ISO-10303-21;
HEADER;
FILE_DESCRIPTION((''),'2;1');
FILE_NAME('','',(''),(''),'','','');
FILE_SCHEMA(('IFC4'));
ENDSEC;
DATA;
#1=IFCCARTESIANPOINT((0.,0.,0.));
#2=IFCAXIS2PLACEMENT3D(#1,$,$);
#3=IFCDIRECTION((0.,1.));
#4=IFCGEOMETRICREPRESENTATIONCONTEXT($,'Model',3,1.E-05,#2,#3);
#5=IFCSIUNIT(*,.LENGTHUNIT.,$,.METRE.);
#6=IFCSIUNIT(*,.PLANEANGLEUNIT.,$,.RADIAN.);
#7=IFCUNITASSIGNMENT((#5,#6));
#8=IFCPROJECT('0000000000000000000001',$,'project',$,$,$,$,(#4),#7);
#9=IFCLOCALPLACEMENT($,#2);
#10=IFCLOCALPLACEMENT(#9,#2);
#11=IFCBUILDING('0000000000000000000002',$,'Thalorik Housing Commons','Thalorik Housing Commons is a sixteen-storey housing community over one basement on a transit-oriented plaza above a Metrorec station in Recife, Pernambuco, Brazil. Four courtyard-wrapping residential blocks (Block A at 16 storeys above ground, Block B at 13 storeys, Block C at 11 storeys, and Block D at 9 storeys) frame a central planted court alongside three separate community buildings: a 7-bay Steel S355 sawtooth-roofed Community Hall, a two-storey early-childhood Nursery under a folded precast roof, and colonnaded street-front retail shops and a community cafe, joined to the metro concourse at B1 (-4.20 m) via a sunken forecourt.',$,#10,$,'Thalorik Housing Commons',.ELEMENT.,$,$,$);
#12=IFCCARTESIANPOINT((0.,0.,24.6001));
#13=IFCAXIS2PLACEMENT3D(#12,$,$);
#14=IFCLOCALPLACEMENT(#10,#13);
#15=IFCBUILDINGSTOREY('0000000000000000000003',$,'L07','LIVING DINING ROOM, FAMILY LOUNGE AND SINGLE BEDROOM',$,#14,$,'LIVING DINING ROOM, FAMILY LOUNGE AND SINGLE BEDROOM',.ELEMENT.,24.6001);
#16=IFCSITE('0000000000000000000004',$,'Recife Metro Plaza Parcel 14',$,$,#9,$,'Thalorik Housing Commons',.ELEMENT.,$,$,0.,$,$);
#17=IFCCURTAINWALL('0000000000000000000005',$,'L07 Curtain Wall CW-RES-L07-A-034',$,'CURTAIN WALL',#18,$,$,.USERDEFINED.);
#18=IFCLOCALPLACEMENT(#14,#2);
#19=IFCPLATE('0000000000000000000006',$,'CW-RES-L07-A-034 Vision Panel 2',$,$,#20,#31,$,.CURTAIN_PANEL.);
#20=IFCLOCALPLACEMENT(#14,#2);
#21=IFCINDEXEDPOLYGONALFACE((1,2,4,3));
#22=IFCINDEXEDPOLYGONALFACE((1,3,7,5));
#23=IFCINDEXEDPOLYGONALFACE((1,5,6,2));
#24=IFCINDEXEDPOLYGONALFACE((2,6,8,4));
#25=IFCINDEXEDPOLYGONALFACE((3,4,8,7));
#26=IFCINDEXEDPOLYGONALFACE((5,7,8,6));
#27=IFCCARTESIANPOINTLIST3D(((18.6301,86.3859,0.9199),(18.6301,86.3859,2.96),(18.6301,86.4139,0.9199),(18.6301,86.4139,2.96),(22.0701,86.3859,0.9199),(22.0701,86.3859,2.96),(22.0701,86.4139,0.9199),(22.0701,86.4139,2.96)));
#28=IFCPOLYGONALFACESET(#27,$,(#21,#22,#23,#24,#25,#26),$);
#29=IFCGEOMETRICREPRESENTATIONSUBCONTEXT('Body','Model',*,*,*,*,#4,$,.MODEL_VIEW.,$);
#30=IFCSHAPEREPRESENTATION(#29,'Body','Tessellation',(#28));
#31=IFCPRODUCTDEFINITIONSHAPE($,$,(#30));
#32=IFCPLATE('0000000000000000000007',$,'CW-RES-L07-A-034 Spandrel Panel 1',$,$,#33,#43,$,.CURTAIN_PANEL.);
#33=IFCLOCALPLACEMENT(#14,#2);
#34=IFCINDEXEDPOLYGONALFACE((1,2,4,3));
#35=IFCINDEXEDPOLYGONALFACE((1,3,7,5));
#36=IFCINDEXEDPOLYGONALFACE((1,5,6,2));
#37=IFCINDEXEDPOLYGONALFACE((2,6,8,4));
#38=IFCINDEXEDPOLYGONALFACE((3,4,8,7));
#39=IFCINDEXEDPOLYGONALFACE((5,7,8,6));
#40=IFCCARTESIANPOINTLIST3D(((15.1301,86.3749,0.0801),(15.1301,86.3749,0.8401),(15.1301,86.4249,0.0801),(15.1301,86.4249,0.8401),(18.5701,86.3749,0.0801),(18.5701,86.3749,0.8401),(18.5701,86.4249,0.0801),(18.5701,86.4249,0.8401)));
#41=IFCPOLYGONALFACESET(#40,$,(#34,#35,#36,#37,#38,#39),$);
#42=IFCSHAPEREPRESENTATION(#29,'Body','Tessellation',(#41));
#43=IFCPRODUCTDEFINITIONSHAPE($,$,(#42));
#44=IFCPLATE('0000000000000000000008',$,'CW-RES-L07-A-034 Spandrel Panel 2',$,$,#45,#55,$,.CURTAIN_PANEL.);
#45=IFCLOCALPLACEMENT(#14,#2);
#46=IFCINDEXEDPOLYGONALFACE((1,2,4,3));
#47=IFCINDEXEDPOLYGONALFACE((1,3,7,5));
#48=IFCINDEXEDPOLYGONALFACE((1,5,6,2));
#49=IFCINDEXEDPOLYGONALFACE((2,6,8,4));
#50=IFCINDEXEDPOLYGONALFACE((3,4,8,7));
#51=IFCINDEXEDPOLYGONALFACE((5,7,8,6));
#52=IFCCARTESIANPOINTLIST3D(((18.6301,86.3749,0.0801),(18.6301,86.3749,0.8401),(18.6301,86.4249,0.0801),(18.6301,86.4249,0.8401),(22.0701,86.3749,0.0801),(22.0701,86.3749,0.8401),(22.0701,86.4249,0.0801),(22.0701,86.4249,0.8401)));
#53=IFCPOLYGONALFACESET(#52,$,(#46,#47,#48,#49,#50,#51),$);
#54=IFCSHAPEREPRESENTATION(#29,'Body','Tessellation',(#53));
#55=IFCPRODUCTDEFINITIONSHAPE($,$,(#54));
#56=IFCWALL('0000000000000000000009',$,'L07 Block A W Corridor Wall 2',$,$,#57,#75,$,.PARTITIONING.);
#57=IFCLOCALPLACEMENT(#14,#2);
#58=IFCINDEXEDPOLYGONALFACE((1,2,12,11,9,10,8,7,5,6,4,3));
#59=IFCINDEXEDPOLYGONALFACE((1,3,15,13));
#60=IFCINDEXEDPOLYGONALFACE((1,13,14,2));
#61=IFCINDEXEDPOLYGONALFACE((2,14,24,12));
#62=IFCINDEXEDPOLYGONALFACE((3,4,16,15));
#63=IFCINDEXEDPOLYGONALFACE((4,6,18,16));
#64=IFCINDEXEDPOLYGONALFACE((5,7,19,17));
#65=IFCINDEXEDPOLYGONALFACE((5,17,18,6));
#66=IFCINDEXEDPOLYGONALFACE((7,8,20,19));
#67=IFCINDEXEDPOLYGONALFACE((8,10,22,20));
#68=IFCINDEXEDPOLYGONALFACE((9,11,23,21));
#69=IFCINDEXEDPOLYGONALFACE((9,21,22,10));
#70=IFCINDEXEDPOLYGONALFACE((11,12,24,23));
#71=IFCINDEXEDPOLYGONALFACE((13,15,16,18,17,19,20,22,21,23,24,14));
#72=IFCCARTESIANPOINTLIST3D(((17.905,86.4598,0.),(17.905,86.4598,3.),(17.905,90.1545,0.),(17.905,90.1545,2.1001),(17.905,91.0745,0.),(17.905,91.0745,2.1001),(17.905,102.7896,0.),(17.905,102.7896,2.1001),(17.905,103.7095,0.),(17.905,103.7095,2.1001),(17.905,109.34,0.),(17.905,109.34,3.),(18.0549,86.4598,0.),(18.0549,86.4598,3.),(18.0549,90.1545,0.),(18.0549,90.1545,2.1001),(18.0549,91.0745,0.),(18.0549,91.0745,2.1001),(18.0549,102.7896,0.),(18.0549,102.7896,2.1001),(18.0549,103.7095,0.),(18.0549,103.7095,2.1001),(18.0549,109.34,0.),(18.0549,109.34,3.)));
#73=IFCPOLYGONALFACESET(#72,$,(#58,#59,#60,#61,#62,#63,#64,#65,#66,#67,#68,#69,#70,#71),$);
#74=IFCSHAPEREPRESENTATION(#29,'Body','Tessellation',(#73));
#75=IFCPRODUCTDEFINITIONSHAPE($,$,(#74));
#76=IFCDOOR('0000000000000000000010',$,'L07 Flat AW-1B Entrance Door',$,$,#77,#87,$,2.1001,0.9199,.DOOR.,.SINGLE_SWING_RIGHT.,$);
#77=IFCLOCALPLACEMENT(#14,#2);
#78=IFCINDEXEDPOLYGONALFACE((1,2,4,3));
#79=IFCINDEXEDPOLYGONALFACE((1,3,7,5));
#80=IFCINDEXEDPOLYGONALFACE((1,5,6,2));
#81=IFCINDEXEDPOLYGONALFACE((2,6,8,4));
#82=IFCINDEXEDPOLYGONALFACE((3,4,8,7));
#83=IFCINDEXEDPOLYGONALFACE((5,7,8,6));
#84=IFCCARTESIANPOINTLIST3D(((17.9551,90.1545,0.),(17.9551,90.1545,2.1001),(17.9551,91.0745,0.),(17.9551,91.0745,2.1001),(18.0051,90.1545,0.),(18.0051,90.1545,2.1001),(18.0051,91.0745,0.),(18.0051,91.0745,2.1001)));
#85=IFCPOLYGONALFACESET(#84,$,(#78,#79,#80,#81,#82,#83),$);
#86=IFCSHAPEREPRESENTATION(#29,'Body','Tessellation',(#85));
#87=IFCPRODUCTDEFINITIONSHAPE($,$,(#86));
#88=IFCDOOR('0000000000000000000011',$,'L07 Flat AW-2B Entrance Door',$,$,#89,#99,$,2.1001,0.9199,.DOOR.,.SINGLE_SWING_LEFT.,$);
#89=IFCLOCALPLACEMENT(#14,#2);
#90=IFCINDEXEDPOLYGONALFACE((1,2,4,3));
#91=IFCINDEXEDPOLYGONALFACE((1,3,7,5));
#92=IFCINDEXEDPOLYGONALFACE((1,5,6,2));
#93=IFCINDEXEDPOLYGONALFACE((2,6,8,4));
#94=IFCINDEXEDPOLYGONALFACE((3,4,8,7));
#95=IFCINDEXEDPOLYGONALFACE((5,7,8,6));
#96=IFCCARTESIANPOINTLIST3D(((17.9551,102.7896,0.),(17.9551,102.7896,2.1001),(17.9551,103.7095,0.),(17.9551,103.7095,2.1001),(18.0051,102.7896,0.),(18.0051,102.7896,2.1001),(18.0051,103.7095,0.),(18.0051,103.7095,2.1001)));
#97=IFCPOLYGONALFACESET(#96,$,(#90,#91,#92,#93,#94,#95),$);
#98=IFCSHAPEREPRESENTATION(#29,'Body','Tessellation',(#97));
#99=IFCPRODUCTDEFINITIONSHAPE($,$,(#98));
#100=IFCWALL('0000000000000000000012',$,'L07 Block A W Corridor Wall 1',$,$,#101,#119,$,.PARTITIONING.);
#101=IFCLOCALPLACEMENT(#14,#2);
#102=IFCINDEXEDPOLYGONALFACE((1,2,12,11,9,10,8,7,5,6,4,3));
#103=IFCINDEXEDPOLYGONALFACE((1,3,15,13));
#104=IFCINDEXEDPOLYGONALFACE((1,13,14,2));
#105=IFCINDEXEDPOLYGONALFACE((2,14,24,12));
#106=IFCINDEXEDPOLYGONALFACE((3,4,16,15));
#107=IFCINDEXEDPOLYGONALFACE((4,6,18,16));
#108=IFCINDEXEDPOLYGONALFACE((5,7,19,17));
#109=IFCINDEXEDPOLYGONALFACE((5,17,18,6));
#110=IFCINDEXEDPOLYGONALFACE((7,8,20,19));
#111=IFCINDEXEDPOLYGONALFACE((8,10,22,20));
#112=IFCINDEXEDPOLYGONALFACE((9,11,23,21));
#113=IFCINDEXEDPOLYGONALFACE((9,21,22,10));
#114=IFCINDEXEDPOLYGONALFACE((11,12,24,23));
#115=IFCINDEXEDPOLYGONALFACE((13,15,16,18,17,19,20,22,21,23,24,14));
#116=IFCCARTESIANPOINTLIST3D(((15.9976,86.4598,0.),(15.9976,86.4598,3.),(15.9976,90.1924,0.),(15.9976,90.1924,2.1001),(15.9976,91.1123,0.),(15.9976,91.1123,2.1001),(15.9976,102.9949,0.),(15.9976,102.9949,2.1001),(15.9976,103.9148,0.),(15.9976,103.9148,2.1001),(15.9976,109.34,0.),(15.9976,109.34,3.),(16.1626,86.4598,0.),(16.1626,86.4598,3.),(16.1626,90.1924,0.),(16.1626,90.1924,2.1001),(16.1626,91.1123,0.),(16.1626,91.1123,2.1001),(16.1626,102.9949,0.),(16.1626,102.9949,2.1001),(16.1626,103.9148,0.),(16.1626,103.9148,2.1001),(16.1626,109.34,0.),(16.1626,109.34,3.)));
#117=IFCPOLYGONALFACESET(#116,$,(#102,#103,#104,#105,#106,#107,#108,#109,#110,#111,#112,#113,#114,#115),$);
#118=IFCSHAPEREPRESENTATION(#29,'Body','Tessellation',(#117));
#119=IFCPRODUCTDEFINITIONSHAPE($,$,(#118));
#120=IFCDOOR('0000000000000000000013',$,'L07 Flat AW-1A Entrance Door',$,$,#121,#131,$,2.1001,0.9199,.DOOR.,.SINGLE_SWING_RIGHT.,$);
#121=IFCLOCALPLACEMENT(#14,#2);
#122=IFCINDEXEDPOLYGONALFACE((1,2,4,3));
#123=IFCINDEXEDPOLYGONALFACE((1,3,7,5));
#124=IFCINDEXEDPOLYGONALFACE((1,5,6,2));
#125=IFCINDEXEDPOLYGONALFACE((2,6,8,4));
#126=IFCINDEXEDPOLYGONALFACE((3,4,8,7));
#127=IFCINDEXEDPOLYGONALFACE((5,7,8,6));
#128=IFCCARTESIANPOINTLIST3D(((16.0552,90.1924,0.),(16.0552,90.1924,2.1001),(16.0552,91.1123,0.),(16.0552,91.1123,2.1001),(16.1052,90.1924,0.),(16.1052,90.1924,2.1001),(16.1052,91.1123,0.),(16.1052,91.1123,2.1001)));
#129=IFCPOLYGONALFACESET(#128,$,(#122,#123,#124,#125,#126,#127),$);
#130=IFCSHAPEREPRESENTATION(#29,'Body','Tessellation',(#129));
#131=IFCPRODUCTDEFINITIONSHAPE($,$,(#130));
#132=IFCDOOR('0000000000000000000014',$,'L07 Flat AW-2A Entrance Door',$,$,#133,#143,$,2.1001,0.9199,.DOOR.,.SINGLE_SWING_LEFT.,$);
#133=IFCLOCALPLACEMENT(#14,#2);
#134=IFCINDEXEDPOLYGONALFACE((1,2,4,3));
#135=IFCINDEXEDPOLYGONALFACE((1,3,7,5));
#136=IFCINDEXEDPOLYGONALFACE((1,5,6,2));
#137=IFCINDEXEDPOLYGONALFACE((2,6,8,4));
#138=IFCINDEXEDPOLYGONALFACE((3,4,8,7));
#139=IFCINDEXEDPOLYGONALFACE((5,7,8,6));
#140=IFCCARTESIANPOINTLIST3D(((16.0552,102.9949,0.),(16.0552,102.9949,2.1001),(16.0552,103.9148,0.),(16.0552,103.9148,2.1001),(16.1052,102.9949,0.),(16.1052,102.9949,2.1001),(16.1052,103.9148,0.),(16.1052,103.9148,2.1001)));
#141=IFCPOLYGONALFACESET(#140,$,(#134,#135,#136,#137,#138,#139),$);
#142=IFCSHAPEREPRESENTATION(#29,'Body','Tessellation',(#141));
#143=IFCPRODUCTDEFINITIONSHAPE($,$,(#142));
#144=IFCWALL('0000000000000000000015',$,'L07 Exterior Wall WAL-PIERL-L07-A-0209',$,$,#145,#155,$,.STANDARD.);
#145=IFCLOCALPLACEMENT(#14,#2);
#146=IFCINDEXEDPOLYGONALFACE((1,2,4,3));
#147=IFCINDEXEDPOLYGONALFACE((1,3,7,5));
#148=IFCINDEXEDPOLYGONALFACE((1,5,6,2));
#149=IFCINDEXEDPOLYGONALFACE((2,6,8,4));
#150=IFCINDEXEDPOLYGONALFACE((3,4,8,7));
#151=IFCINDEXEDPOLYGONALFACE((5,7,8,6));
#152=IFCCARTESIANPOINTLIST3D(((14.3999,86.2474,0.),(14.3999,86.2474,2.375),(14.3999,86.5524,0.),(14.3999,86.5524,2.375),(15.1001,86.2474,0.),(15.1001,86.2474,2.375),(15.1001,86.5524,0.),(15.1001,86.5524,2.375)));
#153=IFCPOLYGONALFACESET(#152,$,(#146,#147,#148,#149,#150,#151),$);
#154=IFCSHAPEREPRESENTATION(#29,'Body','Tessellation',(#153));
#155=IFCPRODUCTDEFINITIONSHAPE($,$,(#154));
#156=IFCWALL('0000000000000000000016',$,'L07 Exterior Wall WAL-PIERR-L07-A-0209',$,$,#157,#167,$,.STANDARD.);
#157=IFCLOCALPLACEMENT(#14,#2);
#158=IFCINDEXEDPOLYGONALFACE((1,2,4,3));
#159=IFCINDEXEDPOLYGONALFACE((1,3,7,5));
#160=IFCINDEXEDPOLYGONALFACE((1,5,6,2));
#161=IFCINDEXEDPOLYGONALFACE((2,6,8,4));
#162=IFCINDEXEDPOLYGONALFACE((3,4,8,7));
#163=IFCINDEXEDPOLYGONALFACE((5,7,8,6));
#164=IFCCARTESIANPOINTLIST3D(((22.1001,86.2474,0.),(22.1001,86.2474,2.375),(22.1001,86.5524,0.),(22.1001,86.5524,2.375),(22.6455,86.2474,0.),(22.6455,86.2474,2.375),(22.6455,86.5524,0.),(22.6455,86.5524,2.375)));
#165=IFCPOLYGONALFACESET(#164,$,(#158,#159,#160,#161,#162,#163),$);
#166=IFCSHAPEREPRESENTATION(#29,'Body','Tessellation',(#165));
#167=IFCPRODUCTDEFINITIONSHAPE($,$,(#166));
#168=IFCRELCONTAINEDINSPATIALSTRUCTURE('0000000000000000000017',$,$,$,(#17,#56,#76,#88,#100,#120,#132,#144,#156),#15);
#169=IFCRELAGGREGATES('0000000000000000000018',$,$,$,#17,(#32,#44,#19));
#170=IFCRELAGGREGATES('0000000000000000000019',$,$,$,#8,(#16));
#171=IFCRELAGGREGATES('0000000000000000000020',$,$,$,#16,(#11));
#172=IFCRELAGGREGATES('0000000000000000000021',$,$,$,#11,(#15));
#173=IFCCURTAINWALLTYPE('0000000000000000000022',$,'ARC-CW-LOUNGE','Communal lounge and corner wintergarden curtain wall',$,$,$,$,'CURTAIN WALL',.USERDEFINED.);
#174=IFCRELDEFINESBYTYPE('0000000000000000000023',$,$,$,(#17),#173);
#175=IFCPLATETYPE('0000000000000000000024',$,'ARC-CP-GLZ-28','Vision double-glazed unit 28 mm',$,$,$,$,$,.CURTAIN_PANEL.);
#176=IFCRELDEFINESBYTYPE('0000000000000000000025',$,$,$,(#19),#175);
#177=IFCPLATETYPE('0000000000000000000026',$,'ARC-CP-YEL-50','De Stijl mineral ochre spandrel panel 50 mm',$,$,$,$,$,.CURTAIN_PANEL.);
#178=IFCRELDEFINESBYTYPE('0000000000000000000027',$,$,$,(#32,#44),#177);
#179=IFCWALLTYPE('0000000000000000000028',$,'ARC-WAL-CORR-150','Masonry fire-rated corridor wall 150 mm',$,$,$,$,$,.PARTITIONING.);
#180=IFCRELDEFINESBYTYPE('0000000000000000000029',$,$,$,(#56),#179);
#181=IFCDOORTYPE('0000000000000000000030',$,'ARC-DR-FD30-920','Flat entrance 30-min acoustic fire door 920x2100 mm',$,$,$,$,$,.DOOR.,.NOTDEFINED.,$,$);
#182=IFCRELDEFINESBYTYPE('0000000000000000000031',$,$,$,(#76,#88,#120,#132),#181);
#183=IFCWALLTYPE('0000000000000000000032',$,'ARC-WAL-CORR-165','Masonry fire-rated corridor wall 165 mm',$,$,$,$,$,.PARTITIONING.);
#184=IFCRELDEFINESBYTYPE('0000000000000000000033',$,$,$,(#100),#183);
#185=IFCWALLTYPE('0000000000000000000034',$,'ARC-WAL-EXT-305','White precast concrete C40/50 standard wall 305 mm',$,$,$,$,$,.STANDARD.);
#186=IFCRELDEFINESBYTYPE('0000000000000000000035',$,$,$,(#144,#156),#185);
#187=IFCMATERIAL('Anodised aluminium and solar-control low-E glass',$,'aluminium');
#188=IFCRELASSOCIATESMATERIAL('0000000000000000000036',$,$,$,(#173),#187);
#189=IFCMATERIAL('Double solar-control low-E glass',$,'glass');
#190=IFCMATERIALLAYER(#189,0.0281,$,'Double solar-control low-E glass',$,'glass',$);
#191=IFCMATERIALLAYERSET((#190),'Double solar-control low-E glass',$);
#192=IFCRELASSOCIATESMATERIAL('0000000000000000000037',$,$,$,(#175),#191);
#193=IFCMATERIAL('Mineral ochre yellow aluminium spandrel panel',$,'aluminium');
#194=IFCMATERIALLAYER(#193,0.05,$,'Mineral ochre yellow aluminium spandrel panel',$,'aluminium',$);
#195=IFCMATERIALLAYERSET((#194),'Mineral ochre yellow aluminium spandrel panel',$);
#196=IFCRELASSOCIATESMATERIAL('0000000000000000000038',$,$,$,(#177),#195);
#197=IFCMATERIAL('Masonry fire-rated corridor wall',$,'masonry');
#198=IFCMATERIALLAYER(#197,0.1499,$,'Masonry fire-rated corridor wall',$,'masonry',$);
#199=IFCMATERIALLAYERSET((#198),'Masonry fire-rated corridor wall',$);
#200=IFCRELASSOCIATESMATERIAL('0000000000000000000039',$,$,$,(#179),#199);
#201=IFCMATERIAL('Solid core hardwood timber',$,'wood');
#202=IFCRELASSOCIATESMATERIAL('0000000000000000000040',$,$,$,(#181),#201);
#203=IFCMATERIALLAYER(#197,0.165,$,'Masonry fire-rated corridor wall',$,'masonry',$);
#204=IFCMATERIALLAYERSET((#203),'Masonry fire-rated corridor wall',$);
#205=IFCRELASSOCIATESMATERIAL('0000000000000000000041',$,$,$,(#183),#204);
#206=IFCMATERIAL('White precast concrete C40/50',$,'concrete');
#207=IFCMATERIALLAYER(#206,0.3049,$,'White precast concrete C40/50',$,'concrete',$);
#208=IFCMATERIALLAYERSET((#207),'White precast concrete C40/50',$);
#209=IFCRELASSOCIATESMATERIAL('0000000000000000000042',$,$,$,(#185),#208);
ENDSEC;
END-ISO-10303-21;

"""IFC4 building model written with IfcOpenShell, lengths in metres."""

from ifc_helpers import new_model, si_unit, direction, frame, frame_2d, origin, origin_2d, place, context, subcontext, project, spatial, rectangle, extrude, material, layer, layer_set, type_object, element, fill, aggregate, save


model = new_model("IFC4")

# Units and contexts
model_context = context("Model", 3, precision=1e-05, world=origin(), true_north=direction((0.0, 1.0)))
body_context = subcontext(model_context, "Body", "Model", "MODEL_VIEW")
ifc_project = project(units=[si_unit("LENGTHUNIT", "METRE"), si_unit("PLANEANGLEUNIT", "RADIAN")], contexts=[model_context])

# Site, building, storey
site_placement = place(None, origin())
site = spatial("IfcSite", under=ifc_project, at=site_placement, Name="Recife Metro Plaza Parcel 14", LongName="Thalorik Housing Commons", CompositionType="ELEMENT", RefElevation=0.0)
building_placement = place(site_placement, origin())
building = spatial("IfcBuilding", under=site, at=building_placement, Name="Thalorik Housing Commons", Description="Thalorik Housing Commons is a sixteen-storey housing community over one basement on a transit-oriented plaza above a Metrorec station in Recife, Pernambuco, Brazil. Four courtyard-wrapping residential blocks (Block A at 16 storeys above ground, Block B at 13 storeys, Block C at 11 storeys, and Block D at 9 storeys) frame a central planted court alongside three separate community buildings: a 7-bay Steel S355 sawtooth-roofed Community Hall, a two-storey early-childhood Nursery under a folded precast roof, and colonnaded street-front retail shops and a community cafe, joined to the metro concourse at B1 (-4.20 m) via a sunken forecourt.", LongName="Thalorik Housing Commons", CompositionType="ELEMENT")
storey_placement = place(building_placement, frame((0.0, 0.0, 24.6001)))
storey = spatial("IfcBuildingStorey", under=building, at=storey_placement, Name="L07", Description="LIVING DINING ROOM, FAMILY LOUNGE AND SINGLE BEDROOM", LongName="LIVING DINING ROOM, FAMILY LOUNGE AND SINGLE BEDROOM", CompositionType="ELEMENT", Elevation=24.6001)

# Curtain wall
ifc_material_1 = material(Name="Anodised aluminium and solar-control low-E glass", Category="aluminium")
curtain_wall_type = type_object("IfcCurtainWallType", Name="ARC-CW-LOUNGE", Description="Communal lounge and corner wintergarden curtain wall", ElementType="CURTAIN WALL", PredefinedType="USERDEFINED", material=ifc_material_1)
curtain_wall_placement = place(storey_placement, origin())
curtain_wall = element("IfcCurtainWall", 1, at=curtain_wall_placement, inside=storey, type_object=curtain_wall_type, Name="L07 Curtain Wall CW-RES-L07-A-034", ObjectType="CURTAIN WALL", PredefinedType="USERDEFINED")

# Plates
ifc_material_2 = material(Name="Double solar-control low-E glass", Category="glass")
ifc_layer_1 = layer(ifc_material_2, 0.0281, Name="Double solar-control low-E glass", Category="glass")
ifc_layer_set_1 = layer_set([ifc_layer_1], Name="Double solar-control low-E glass")
plate_type_1 = type_object("IfcPlateType", Name="ARC-CP-GLZ-28", Description="Vision double-glazed unit 28 mm", PredefinedType="CURTAIN_PANEL", material=ifc_layer_set_1)
plate_1_placement = place(storey_placement, frame((20.3501, 86.3999, 0.9199), z_axis=(0.0, 0.0, 1.0), x_axis=(1.0, 0.0, 0.0)))
plate_1 = element("IfcPlate", 2, at=plate_1_placement, type_object=plate_type_1, Name="CW-RES-L07-A-034 Vision Panel 2", PredefinedType="CURTAIN_PANEL", context=body_context, shape_type="SweptSolid", body=[
    extrude(rectangle(XDim=3.4399, YDim=0.0281, at=origin_2d()), origin(), (0.0, 0.0, 1.0), 2.04),
])
ifc_material_3 = material(Name="Mineral ochre yellow aluminium spandrel panel", Category="aluminium")
ifc_layer_2 = layer(ifc_material_3, 0.05, Name="Mineral ochre yellow aluminium spandrel panel", Category="aluminium")
ifc_layer_set_2 = layer_set([ifc_layer_2], Name="Mineral ochre yellow aluminium spandrel panel")
plate_type_2 = type_object("IfcPlateType", Name="ARC-CP-YEL-50", Description="De Stijl mineral ochre spandrel panel 50 mm", PredefinedType="CURTAIN_PANEL", material=ifc_layer_set_2)
plate_2_placement = place(storey_placement, frame((16.8501, 86.3999, 0.0801), z_axis=(0.0, 0.0, 1.0), x_axis=(1.0, 0.0, 0.0)))
plate_2 = element("IfcPlate", 3, at=plate_2_placement, type_object=plate_type_2, Name="CW-RES-L07-A-034 Spandrel Panel 1", PredefinedType="CURTAIN_PANEL", context=body_context, shape_type="SweptSolid", body=[
    extrude(rectangle(XDim=3.4399, YDim=0.05, at=origin_2d()), origin(), (0.0, 0.0, 1.0), 0.76),
])
plate_3_placement = place(storey_placement, frame((20.3501, 86.3999, 0.0801), z_axis=(0.0, 0.0, 1.0), x_axis=(1.0, 0.0, 0.0)))
plate_3 = element("IfcPlate", 4, at=plate_3_placement, type_object=plate_type_2, Name="CW-RES-L07-A-034 Spandrel Panel 2", PredefinedType="CURTAIN_PANEL", context=body_context, shape_type="SweptSolid", body=[
    extrude(rectangle(XDim=3.4399, YDim=0.05, at=origin_2d()), origin(), (0.0, 0.0, 1.0), 0.76),
])
aggregate(curtain_wall, [plate_2, plate_3, plate_1])

# Walls, openings, doors
ifc_material_4 = material(Name="Masonry fire-rated corridor wall", Category="masonry")
ifc_layer_3 = layer(ifc_material_4, 0.1499, Name="Masonry fire-rated corridor wall", Category="masonry")
ifc_layer_set_3 = layer_set([ifc_layer_3], Name="Masonry fire-rated corridor wall")
wall_type_1 = type_object("IfcWallType", Name="ARC-WAL-CORR-150", Description="Masonry fire-rated corridor wall 150 mm", PredefinedType="PARTITIONING", material=ifc_layer_set_3)
wall_1_placement = place(storey_placement, frame((17.98, 86.46, 0.0), z_axis=(0.0, 0.0, 1.0), x_axis=(0.0, 1.0, 0.0)))
wall_1 = element("IfcWall", 5, at=wall_1_placement, inside=storey, type_object=wall_type_1, Name="L07 Block A W Corridor Wall 2", PredefinedType="PARTITIONING", context=body_context, shape_type="SweptSolid", body=[
    extrude(rectangle(XDim=22.8801, YDim=0.1499, at=frame_2d((11.4399, 0.0))), origin(), (0.0, 0.0, 1.0), 3.0),
])
opening_1_placement = place(wall_1_placement, frame((3.6946, 0.0, 0.0)))
opening_1 = element("IfcOpeningElement", 6, at=opening_1_placement, cuts=wall_1, PredefinedType="OPENING", context=body_context, shape_type="SweptSolid", body=[
    extrude(rectangle(XDim=0.9199, YDim=2.1001, at=frame_2d((0.46, 1.05))), frame((0.0, 0.085, 0.0), z_axis=(0.0, -1.0, 0.0), x_axis=(1.0, 0.0, 0.0)), (0.0, 0.0, 1.0), 0.1699),
])
opening_2_placement = place(wall_1_placement, frame((16.3296, 0.0, 0.0)))
opening_2 = element("IfcOpeningElement", 7, at=opening_2_placement, cuts=wall_1, PredefinedType="OPENING", context=body_context, shape_type="SweptSolid", body=[
    extrude(rectangle(XDim=0.9199, YDim=2.1001, at=frame_2d((0.46, 1.05))), frame((0.0, 0.085, 0.0), z_axis=(0.0, -1.0, 0.0), x_axis=(1.0, 0.0, 0.0)), (0.0, 0.0, 1.0), 0.1699),
])
ifc_material_5 = material(Name="Solid core hardwood timber", Category="wood")
door_type = type_object("IfcDoorType", Name="ARC-DR-FD30-920", Description="Flat entrance 30-min acoustic fire door 920x2100 mm", OperationType="NOTDEFINED", PredefinedType="DOOR", material=ifc_material_5)
door_1_placement = place(opening_1_placement, origin())
door_1 = element("IfcDoor", 8, at=door_1_placement, inside=storey, type_object=door_type, Name="L07 Flat AW-1B Entrance Door", OperationType="SINGLE_SWING_RIGHT", OverallHeight=2.1001, OverallWidth=0.9199, PredefinedType="DOOR", context=body_context, shape_type="SweptSolid", body=[
    extrude(rectangle(XDim=0.9199, YDim=2.1001, at=frame_2d((0.46, 1.05))), frame((0.0, 0.0249, 0.0), z_axis=(0.0, -1.0, 0.0), x_axis=(1.0, 0.0, 0.0)), (0.0, 0.0, 1.0), 0.05),
])
fill(opening_1, door_1)
door_2_placement = place(opening_2_placement, origin())
door_2 = element("IfcDoor", 9, at=door_2_placement, inside=storey, type_object=door_type, Name="L07 Flat AW-2B Entrance Door", OperationType="SINGLE_SWING_LEFT", OverallHeight=2.1001, OverallWidth=0.9199, PredefinedType="DOOR", context=body_context, shape_type="SweptSolid", body=[
    extrude(rectangle(XDim=0.9199, YDim=2.1001, at=frame_2d((0.46, 1.05))), frame((0.0, 0.0249, 0.0), z_axis=(0.0, -1.0, 0.0), x_axis=(1.0, 0.0, 0.0)), (0.0, 0.0, 1.0), 0.05),
])
fill(opening_2, door_2)
ifc_layer_4 = layer(ifc_material_4, 0.165, Name="Masonry fire-rated corridor wall", Category="masonry")
ifc_layer_set_4 = layer_set([ifc_layer_4], Name="Masonry fire-rated corridor wall")
wall_type_2 = type_object("IfcWallType", Name="ARC-WAL-CORR-165", Description="Masonry fire-rated corridor wall 165 mm", PredefinedType="PARTITIONING", material=ifc_layer_set_4)
wall_2_placement = place(storey_placement, frame((16.0801, 86.46, 0.0), z_axis=(0.0, 0.0, 1.0), x_axis=(0.0, 1.0, 0.0)))
wall_2 = element("IfcWall", 10, at=wall_2_placement, inside=storey, type_object=wall_type_2, Name="L07 Block A W Corridor Wall 1", PredefinedType="PARTITIONING", context=body_context, shape_type="SweptSolid", body=[
    extrude(rectangle(XDim=22.8801, YDim=0.165, at=frame_2d((11.4399, 0.0))), origin(), (0.0, 0.0, 1.0), 3.0),
])
opening_3_placement = place(wall_2_placement, frame((3.7324, 0.0, 0.0)))
opening_3 = element("IfcOpeningElement", 11, at=opening_3_placement, cuts=wall_2, PredefinedType="OPENING", context=body_context, shape_type="SweptSolid", body=[
    extrude(rectangle(XDim=0.9199, YDim=2.1001, at=frame_2d((0.46, 1.05))), frame((0.0, 0.0925, 0.0), z_axis=(0.0, -1.0, 0.0), x_axis=(1.0, 0.0, 0.0)), (0.0, 0.0, 1.0), 0.1851),
])
opening_4_placement = place(wall_2_placement, frame((16.5349, 0.0, 0.0)))
opening_4 = element("IfcOpeningElement", 12, at=opening_4_placement, cuts=wall_2, PredefinedType="OPENING", context=body_context, shape_type="SweptSolid", body=[
    extrude(rectangle(XDim=0.9199, YDim=2.1001, at=frame_2d((0.46, 1.05))), frame((0.0, 0.0925, 0.0), z_axis=(0.0, -1.0, 0.0), x_axis=(1.0, 0.0, 0.0)), (0.0, 0.0, 1.0), 0.1851),
])
door_3_placement = place(opening_3_placement, origin())
door_3 = element("IfcDoor", 13, at=door_3_placement, inside=storey, type_object=door_type, Name="L07 Flat AW-1A Entrance Door", OperationType="SINGLE_SWING_RIGHT", OverallHeight=2.1001, OverallWidth=0.9199, PredefinedType="DOOR", context=body_context, shape_type="SweptSolid", body=[
    extrude(rectangle(XDim=0.9199, YDim=2.1001, at=frame_2d((0.46, 1.05))), frame((0.0, 0.0249, 0.0), z_axis=(0.0, -1.0, 0.0), x_axis=(1.0, 0.0, 0.0)), (0.0, 0.0, 1.0), 0.05),
])
fill(opening_3, door_3)
door_4_placement = place(opening_4_placement, origin())
door_4 = element("IfcDoor", 14, at=door_4_placement, inside=storey, type_object=door_type, Name="L07 Flat AW-2A Entrance Door", OperationType="SINGLE_SWING_LEFT", OverallHeight=2.1001, OverallWidth=0.9199, PredefinedType="DOOR", context=body_context, shape_type="SweptSolid", body=[
    extrude(rectangle(XDim=0.9199, YDim=2.1001, at=frame_2d((0.46, 1.05))), frame((0.0, 0.0249, 0.0), z_axis=(0.0, -1.0, 0.0), x_axis=(1.0, 0.0, 0.0)), (0.0, 0.0, 1.0), 0.05),
])
fill(opening_4, door_4)

# Walls
ifc_material_6 = material(Name="White precast concrete C40/50", Category="concrete")
ifc_layer_5 = layer(ifc_material_6, 0.3049, Name="White precast concrete C40/50", Category="concrete")
ifc_layer_set_5 = layer_set([ifc_layer_5], Name="White precast concrete C40/50")
wall_type_3 = type_object("IfcWallType", Name="ARC-WAL-EXT-305", Description="White precast concrete C40/50 standard wall 305 mm", PredefinedType="STANDARD", material=ifc_layer_set_5)
wall_3_placement = place(storey_placement, frame((14.3999, 86.3999, 0.0), z_axis=(0.0, 0.0, 1.0), x_axis=(1.0, 0.0, 0.0)))
element("IfcWall", 15, at=wall_3_placement, inside=storey, type_object=wall_type_3, Name="L07 Exterior Wall WAL-PIERL-L07-A-0209", PredefinedType="STANDARD", context=body_context, shape_type="SweptSolid", body=[
    extrude(rectangle(XDim=0.7002, YDim=0.3049, at=frame_2d((0.3501, 0.0))), origin(), (0.0, 0.0, 1.0), 2.375),
])
wall_4_placement = place(storey_placement, frame((22.1001, 86.3999, 0.0), z_axis=(0.0, 0.0, 1.0), x_axis=(1.0, 0.0, 0.0)))
element("IfcWall", 16, at=wall_4_placement, inside=storey, type_object=wall_type_3, Name="L07 Exterior Wall WAL-PIERR-L07-A-0209", PredefinedType="STANDARD", context=body_context, shape_type="SweptSolid", body=[
    extrude(rectangle(XDim=0.5454, YDim=0.3049, at=frame_2d((0.2727, 0.0))), origin(), (0.0, 0.0, 1.0), 2.375),
])

save(model, "model.ifc")
